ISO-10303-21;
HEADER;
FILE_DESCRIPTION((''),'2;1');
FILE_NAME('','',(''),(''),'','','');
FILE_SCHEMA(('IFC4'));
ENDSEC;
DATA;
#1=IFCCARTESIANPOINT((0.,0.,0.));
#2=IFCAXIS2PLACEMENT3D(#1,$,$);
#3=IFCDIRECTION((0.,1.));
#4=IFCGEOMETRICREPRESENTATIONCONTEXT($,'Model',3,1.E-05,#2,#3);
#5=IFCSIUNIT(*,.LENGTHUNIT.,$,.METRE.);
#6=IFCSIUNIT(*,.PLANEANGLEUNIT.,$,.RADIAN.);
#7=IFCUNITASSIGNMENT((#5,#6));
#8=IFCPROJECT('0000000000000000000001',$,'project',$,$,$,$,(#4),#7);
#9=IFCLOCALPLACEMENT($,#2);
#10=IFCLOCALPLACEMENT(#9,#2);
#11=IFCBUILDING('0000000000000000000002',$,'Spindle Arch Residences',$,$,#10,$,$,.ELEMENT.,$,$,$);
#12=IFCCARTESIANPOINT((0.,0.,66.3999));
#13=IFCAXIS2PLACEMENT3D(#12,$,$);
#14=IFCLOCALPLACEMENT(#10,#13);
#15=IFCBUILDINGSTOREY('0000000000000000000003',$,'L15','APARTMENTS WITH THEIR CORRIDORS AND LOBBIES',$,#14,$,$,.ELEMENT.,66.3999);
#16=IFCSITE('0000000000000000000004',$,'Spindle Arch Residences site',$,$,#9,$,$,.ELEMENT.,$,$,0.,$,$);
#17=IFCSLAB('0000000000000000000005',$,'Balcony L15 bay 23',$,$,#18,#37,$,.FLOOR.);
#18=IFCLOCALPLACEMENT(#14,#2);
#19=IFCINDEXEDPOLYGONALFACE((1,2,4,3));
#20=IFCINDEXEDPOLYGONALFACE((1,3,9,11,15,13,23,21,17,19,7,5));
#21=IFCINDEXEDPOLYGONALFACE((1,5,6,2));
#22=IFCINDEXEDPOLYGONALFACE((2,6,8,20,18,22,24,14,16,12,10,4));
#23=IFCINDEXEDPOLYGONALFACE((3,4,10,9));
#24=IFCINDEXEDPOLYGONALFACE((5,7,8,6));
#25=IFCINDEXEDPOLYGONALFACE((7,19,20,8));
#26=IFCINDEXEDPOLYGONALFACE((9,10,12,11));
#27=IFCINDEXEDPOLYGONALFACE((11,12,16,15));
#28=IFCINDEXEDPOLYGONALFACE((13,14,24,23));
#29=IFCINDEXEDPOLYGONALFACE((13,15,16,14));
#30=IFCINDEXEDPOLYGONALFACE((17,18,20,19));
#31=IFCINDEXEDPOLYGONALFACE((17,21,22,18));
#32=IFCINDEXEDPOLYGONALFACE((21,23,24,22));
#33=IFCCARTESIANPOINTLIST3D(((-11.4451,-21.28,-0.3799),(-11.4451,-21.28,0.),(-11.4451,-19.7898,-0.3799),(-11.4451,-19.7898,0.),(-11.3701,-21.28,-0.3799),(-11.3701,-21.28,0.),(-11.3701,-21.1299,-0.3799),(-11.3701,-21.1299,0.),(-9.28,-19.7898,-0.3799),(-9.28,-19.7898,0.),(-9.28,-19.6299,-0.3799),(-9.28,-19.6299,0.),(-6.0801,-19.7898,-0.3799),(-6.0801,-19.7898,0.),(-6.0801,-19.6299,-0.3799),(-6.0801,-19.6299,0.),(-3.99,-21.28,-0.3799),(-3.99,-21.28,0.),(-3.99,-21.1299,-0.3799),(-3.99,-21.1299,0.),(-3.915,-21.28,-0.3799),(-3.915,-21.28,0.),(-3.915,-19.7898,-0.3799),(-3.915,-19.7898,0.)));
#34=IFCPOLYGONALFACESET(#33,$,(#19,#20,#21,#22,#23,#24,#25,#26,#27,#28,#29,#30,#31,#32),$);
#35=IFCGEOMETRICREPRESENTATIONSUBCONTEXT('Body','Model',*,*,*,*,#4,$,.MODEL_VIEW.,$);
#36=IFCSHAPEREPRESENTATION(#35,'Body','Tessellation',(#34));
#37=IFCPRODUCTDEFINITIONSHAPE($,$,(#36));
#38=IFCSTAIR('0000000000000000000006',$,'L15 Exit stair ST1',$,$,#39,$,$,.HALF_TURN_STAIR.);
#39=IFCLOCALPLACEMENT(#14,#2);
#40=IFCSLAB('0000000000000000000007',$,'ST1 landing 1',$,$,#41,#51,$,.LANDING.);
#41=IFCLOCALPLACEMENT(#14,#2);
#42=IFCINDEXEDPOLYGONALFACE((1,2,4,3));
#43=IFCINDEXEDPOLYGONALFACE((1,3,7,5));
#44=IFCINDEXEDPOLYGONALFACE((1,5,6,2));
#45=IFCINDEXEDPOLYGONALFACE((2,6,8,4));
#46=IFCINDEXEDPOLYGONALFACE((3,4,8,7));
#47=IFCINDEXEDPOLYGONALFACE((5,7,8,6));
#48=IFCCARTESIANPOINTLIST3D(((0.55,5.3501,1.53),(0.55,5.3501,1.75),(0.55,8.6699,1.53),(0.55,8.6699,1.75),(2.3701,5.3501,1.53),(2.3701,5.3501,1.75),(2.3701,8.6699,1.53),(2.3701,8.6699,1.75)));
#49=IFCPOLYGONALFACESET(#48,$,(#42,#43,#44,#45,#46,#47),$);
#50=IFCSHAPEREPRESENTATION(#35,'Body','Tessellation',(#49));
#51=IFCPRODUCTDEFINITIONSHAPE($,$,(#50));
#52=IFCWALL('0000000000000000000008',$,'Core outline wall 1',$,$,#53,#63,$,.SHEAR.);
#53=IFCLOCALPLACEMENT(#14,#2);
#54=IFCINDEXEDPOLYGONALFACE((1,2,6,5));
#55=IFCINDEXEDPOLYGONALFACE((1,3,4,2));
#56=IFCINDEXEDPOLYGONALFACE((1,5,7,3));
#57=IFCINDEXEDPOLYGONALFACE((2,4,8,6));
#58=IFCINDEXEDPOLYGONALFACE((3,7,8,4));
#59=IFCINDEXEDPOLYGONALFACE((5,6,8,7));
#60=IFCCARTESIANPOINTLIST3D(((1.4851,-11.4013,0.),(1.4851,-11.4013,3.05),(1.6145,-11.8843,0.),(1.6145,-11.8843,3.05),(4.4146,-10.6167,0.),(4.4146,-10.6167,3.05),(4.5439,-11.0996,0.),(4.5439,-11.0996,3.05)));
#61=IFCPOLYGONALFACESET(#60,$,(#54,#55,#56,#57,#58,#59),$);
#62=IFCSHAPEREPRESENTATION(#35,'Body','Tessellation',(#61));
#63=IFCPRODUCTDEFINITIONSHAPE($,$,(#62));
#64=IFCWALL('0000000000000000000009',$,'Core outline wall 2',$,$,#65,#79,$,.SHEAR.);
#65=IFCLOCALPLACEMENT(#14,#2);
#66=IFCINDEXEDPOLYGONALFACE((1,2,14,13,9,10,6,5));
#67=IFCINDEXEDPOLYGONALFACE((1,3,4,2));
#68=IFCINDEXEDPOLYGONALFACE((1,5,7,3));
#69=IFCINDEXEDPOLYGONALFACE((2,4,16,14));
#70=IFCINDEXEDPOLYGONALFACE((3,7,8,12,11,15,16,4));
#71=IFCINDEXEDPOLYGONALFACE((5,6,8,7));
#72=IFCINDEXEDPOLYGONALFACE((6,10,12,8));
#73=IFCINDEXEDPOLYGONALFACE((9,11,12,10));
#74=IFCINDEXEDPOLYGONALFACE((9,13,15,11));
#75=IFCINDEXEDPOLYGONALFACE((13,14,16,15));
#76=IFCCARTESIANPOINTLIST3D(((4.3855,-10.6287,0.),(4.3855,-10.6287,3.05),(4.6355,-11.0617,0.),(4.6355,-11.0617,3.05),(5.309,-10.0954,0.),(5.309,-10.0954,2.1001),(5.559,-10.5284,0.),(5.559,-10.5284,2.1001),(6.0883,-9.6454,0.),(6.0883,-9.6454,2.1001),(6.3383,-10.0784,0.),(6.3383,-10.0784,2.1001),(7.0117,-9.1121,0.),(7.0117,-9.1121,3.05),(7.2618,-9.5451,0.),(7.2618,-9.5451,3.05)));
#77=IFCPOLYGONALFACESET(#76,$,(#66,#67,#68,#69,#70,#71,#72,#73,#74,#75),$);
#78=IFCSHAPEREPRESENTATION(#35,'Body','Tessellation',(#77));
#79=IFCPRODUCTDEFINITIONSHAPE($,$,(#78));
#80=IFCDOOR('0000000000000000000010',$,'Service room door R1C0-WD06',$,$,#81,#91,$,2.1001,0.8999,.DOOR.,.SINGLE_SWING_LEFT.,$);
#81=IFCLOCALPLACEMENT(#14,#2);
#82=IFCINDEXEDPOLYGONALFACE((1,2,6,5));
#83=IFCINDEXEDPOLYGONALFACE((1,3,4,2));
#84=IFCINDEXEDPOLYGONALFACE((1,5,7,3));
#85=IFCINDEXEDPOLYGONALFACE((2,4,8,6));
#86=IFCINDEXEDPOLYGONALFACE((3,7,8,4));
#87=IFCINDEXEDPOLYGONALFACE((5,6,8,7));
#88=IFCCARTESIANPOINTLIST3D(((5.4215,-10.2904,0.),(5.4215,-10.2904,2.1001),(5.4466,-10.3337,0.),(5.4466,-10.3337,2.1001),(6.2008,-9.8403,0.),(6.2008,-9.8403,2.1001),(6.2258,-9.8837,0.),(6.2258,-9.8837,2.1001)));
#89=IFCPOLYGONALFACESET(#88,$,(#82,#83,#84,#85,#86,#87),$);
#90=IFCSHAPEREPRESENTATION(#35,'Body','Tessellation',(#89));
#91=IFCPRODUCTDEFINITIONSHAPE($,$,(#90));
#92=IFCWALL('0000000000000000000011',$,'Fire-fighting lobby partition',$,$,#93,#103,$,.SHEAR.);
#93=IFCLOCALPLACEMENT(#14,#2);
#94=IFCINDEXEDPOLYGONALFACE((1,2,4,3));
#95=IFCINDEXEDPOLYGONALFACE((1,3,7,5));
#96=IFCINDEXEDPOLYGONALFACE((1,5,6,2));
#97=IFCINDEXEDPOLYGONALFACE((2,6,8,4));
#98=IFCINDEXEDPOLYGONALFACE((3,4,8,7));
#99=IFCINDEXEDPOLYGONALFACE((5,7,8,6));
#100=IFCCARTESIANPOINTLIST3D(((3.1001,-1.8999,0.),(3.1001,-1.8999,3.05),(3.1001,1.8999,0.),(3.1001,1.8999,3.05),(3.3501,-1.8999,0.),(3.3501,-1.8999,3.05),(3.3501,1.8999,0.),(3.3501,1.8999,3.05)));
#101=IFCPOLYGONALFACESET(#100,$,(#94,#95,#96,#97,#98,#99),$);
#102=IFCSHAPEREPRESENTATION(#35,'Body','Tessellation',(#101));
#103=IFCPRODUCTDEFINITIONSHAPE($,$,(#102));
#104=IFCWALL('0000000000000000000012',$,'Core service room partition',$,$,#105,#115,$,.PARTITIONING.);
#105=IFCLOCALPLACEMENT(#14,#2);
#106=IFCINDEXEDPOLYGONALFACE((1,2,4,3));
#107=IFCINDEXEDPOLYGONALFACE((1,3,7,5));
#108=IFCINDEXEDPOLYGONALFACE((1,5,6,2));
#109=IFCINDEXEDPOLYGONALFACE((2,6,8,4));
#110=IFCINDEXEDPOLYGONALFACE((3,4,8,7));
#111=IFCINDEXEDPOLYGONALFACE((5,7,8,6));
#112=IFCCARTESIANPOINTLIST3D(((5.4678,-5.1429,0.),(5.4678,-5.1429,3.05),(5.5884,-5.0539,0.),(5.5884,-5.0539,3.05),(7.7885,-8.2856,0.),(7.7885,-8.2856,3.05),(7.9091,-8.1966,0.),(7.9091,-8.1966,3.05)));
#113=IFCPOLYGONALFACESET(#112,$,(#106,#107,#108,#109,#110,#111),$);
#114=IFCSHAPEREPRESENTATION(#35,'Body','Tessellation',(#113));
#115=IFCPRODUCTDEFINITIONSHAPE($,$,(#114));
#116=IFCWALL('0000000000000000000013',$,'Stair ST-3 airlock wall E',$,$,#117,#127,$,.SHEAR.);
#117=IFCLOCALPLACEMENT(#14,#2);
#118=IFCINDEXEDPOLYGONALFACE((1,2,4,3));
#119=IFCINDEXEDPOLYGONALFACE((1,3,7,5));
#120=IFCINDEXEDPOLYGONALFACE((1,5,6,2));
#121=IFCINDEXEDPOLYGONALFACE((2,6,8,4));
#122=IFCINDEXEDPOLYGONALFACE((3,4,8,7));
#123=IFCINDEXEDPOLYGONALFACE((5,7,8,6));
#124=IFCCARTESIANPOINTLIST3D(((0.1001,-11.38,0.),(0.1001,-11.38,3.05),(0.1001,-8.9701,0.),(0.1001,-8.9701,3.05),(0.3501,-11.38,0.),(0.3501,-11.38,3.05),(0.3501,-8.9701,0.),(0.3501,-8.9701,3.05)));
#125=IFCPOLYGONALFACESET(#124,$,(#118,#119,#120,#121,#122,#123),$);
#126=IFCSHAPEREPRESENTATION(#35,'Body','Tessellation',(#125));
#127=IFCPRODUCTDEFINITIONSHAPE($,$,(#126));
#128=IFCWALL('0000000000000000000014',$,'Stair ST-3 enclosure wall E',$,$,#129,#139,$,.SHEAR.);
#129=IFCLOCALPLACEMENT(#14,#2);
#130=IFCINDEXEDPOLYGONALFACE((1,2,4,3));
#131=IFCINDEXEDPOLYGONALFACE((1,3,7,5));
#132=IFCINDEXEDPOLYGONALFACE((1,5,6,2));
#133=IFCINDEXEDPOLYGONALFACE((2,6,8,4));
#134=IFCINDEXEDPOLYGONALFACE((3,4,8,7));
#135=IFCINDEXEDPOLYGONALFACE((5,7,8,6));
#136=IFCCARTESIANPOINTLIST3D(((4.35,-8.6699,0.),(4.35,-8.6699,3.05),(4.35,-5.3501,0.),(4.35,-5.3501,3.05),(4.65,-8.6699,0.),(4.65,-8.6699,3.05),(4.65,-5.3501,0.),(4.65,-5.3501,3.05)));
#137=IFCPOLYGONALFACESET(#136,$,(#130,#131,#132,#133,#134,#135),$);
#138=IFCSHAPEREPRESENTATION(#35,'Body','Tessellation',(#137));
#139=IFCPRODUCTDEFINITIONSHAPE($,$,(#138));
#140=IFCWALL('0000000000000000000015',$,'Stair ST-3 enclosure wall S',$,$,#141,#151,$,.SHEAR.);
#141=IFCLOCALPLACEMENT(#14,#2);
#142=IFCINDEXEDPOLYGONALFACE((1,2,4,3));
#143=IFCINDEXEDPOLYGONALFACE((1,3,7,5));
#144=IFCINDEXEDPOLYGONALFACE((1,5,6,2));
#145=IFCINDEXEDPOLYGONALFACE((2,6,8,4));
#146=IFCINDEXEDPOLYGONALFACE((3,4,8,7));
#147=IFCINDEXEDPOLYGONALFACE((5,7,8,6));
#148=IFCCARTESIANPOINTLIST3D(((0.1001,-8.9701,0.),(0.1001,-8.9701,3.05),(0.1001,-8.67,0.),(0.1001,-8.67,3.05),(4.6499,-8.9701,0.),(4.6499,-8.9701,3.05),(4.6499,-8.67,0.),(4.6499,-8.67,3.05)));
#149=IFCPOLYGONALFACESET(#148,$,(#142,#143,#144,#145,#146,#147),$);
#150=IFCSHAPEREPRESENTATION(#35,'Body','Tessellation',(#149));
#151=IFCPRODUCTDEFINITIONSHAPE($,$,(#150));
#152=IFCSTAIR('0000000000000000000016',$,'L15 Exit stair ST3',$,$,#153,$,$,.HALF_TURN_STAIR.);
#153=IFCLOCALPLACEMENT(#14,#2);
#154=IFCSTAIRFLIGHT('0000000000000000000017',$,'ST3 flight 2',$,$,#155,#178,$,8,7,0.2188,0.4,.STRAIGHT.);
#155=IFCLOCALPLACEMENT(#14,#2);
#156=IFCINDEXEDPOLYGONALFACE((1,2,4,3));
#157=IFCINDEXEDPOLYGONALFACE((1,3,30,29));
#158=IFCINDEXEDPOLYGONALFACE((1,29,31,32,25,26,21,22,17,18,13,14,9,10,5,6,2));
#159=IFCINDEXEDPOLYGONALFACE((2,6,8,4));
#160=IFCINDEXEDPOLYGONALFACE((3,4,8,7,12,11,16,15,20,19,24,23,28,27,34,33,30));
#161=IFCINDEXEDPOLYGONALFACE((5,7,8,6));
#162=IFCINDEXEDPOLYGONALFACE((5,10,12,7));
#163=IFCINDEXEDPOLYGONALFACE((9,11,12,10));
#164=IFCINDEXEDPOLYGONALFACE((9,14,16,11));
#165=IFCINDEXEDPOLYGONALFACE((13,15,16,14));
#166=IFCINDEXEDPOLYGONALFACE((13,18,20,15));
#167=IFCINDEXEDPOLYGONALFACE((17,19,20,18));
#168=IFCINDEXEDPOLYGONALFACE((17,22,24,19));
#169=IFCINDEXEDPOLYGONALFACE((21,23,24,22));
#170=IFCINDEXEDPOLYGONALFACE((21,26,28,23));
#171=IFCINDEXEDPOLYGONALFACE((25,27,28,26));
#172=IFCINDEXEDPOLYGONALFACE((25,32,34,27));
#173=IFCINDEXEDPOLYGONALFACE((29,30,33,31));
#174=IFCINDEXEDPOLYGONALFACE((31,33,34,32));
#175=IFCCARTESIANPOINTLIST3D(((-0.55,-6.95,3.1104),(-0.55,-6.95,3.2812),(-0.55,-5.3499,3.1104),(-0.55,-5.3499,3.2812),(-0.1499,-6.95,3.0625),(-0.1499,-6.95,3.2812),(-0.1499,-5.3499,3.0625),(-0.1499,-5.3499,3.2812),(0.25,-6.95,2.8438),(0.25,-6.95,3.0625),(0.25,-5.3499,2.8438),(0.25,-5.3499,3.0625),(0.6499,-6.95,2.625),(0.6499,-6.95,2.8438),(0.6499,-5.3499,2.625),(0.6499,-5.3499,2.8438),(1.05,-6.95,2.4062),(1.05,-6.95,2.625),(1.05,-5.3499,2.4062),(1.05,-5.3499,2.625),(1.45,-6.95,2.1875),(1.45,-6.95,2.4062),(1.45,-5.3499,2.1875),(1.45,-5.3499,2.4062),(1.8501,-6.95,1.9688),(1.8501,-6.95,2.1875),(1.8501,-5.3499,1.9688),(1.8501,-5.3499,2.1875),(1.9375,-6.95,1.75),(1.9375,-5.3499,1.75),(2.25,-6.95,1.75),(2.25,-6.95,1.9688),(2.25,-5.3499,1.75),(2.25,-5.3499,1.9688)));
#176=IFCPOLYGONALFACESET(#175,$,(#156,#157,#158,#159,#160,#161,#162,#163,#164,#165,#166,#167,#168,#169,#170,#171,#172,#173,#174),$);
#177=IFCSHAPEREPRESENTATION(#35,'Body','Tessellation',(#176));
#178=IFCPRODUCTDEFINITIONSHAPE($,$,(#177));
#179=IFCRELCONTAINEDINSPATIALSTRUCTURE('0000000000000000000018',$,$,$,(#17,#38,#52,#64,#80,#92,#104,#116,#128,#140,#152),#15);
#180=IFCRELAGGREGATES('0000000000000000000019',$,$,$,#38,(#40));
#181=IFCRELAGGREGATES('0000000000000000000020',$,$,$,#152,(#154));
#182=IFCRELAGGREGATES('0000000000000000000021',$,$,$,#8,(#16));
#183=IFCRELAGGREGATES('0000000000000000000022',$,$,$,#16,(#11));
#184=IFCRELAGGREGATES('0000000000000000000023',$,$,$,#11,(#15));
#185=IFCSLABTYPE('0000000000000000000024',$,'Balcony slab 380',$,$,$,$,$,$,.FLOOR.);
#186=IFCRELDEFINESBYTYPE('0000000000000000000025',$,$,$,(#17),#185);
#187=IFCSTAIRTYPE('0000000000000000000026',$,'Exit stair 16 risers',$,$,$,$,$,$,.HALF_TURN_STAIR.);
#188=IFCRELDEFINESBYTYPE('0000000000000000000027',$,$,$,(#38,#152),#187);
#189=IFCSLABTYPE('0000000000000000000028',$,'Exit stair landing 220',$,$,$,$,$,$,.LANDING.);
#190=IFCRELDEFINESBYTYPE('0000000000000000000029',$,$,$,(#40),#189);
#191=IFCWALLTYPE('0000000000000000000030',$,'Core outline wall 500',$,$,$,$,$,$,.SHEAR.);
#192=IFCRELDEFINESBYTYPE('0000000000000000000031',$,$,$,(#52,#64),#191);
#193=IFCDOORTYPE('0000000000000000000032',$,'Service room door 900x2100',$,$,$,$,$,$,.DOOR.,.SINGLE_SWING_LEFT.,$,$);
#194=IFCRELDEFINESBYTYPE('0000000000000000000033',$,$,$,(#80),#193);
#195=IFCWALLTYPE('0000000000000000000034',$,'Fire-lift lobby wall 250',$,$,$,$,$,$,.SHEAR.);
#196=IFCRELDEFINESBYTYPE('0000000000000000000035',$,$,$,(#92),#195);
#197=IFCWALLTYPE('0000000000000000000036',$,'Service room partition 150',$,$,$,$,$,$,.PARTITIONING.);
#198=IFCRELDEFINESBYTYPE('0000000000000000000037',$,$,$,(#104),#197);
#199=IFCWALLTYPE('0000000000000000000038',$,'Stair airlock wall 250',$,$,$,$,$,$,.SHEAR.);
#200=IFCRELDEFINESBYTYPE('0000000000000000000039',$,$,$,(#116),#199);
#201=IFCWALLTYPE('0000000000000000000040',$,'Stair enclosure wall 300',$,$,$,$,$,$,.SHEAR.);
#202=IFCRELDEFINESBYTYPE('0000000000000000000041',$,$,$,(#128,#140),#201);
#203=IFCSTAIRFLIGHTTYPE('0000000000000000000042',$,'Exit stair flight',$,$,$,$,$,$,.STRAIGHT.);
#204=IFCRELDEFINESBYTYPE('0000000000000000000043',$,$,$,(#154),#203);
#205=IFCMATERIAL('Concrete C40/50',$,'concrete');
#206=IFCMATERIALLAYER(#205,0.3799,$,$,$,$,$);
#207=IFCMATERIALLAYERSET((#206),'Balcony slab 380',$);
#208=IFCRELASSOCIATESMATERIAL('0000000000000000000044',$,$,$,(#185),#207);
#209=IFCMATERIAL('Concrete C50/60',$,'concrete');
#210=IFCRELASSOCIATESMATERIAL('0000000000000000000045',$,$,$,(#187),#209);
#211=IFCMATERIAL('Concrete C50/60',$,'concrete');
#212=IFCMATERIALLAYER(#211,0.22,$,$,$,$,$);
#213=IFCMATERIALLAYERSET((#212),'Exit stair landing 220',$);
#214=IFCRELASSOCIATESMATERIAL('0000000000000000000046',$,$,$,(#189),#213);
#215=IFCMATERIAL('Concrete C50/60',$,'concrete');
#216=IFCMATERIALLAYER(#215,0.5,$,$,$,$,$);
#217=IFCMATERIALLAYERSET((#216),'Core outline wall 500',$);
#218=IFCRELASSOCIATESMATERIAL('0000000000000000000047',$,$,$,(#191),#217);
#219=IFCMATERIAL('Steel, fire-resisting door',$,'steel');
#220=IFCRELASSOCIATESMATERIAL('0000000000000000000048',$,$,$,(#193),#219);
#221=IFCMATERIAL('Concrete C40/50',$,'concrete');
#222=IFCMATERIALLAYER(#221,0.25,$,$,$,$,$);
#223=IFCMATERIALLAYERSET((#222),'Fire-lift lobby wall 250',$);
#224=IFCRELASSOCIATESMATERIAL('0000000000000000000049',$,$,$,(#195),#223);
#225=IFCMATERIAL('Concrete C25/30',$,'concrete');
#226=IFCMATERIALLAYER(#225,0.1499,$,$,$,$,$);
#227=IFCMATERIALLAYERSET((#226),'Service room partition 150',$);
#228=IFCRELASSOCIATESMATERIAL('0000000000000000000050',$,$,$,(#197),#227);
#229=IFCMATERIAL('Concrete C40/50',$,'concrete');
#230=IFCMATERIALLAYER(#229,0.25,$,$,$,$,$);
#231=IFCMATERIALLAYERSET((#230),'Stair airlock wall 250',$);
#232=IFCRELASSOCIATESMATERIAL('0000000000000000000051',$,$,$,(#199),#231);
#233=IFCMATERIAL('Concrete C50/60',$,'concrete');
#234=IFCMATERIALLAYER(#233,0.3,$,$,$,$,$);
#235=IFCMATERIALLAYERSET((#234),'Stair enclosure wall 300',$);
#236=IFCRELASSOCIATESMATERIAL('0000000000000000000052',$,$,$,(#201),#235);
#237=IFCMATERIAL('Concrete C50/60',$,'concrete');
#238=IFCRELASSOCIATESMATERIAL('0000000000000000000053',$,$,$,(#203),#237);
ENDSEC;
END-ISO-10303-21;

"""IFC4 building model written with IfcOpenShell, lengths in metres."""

from ifc_helpers import new_model, si_unit, direction, frame, frame_2d, origin, place, context, subcontext, project, spatial, polyline, rectangle, outline, extrude, material, layer, layer_set, type_object, element, fill, aggregate, save


model = new_model("IFC4")

# Units and contexts
model_context = context("Model", 3, precision=1e-05, world=origin(), true_north=direction((0.0, 1.0)))
body_context = subcontext(model_context, "Body", "Model", "MODEL_VIEW")
ifc_project = project(units=[si_unit("LENGTHUNIT", "METRE"), si_unit("PLANEANGLEUNIT", "RADIAN")], contexts=[model_context])

# Site, building, storey
site_placement = place(None, origin())
site = spatial("IfcSite", under=ifc_project, at=site_placement, Name="Spindle Arch Residences site", CompositionType="ELEMENT", RefElevation=0.0)
building_placement = place(site_placement, origin())
building = spatial("IfcBuilding", under=site, at=building_placement, Name="Spindle Arch Residences", CompositionType="ELEMENT")
storey_placement = place(building_placement, frame((0.0, 0.0, 66.3999)))
storey = spatial("IfcBuildingStorey", under=building, at=storey_placement, Name="L15", Description="APARTMENTS WITH THEIR CORRIDORS AND LOBBIES", CompositionType="ELEMENT", Elevation=66.3999)

# Slab
ifc_material_1 = material(Name="Concrete C40/50", Category="concrete")
ifc_layer_1 = layer(ifc_material_1, 0.3799)
ifc_layer_set_1 = layer_set([ifc_layer_1], Name="Balcony slab 380")
slab_type_1 = type_object("IfcSlabType", Name="Balcony slab 380", PredefinedType="FLOOR", material=ifc_layer_set_1)
slab_1_placement = place(storey_placement, frame((0.0, 0.0, -0.3799)))
element("IfcSlab", 1, at=slab_1_placement, inside=storey, type_object=slab_type_1, Name="Balcony L15 bay 23", PredefinedType="FLOOR", context=body_context, shape_type="SweptSolid", body=[
    extrude(outline(polyline([(-11.4451, -21.28), (-11.3701, -21.28), (-11.3701, -21.1299), (-3.99, -21.1299), (-3.99, -21.28), (-3.915, -21.28), (-3.915, -19.7898), (-6.0801, -19.7898), (-6.0801, -19.6299), (-9.28, -19.6299), (-9.28, -19.7898), (-11.4451, -19.7898), (-11.4451, -21.28)])), origin(), (0.0, 0.0, 1.0), 0.3799),
])

# Stair, slab
ifc_material_2 = material(Name="Concrete C50/60", Category="concrete")
stair_type = type_object("IfcStairType", Name="Exit stair 16 risers", PredefinedType="HALF_TURN_STAIR", material=ifc_material_2)
stair_1_placement = place(storey_placement, origin())
stair_1 = element("IfcStair", 2, at=stair_1_placement, inside=storey, type_object=stair_type, Name="L15 Exit stair ST1", PredefinedType="HALF_TURN_STAIR")
ifc_material_3 = material(Name="Concrete C50/60", Category="concrete")
ifc_layer_2 = layer(ifc_material_3, 0.22)
ifc_layer_set_2 = layer_set([ifc_layer_2], Name="Exit stair landing 220")
slab_type_2 = type_object("IfcSlabType", Name="Exit stair landing 220", PredefinedType="LANDING", material=ifc_layer_set_2)
slab_2_placement = place(storey_placement, frame((0.0, 0.0, 1.53)))
slab_2 = element("IfcSlab", 3, at=slab_2_placement, type_object=slab_type_2, Name="ST1 landing 1", PredefinedType="LANDING", context=body_context, shape_type="SweptSolid", body=[
    extrude(outline(polyline([(2.3701, 8.6699), (0.55, 8.6699), (0.55, 5.3501), (2.3701, 5.3501), (2.3701, 8.6699)])), origin(), (0.0, 0.0, 1.0), 0.22),
])
aggregate(stair_1, [slab_2])

# Wall
ifc_material_4 = material(Name="Concrete C50/60", Category="concrete")
ifc_layer_3 = layer(ifc_material_4, 0.5)
ifc_layer_set_3 = layer_set([ifc_layer_3], Name="Core outline wall 500")
wall_type_1 = type_object("IfcWallType", Name="Core outline wall 500", PredefinedType="SHEAR", material=ifc_layer_set_3)
wall_1_placement = place(storey_placement, frame((1.5498, -11.6428, 0.0), z_axis=(0.0, 0.0, 1.0), x_axis=(0.965948, 0.258735, 0.0)))
element("IfcWall", 4, at=wall_1_placement, inside=storey, type_object=wall_type_1, Name="Core outline wall 1", PredefinedType="SHEAR", context=body_context, shape_type="SweptSolid", body=[
    extrude(rectangle(XDim=3.0327, YDim=0.5, at=frame_2d((1.5164, 0.0))), origin(), (0.0, 0.0, 1.0), 3.05),
])

# Wall, opening, door
wall_2_placement = place(storey_placement, frame((4.5105, -10.8452, 0.0), z_axis=(0.0, 0.0, 1.0), x_axis=(0.865975, 0.500087, 0.0)))
wall_2 = element("IfcWall", 5, at=wall_2_placement, inside=storey, type_object=wall_type_1, Name="Core outline wall 2", PredefinedType="SHEAR", context=body_context, shape_type="SweptSolid", body=[
    extrude(rectangle(XDim=3.0327, YDim=0.5, at=frame_2d((1.5164, 0.0))), origin(), (0.0, 0.0, 1.0), 3.05),
])
opening_1_placement = place(wall_2_placement, frame((1.0664, 0.0, 0.0)))
opening_1 = element("IfcOpeningElement", 6, at=opening_1_placement, cuts=wall_2, PredefinedType="OPENING", context=body_context, shape_type="SweptSolid", body=[
    extrude(rectangle(XDim=0.8999, YDim=2.1001, at=frame_2d((0.45, 1.05))), frame((0.0, 0.26, 0.0), z_axis=(0.0, -1.0, 0.0), x_axis=(1.0, 0.0, 0.0)), (0.0, 0.0, 1.0), 0.52),
])
ifc_material_5 = material(Name="Steel, fire-resisting door", Category="steel")
door_type_1 = type_object("IfcDoorType", Name="Service room door 900x2100", OperationType="SINGLE_SWING_LEFT", PredefinedType="DOOR", material=ifc_material_5)
door_1_placement = place(opening_1_placement, origin())
door_1 = element("IfcDoor", 7, at=door_1_placement, inside=storey, type_object=door_type_1, Name="Service room door R1C0-WD06", OperationType="SINGLE_SWING_LEFT", OverallHeight=2.1001, OverallWidth=0.8999, PredefinedType="DOOR", context=body_context, shape_type="SweptSolid", body=[
    extrude(rectangle(XDim=0.8999, YDim=2.1001, at=frame_2d((0.45, 1.05))), frame((0.0, 0.0249, 0.0), z_axis=(0.0, -1.0, 0.0), x_axis=(1.0, 0.0, 0.0)), (0.0, 0.0, 1.0), 0.05),
])
fill(opening_1, door_1)

# Wall
ifc_material_6 = material(Name="Concrete C40/50", Category="concrete")
ifc_layer_4 = layer(ifc_material_6, 0.25)
ifc_layer_set_4 = layer_set([ifc_layer_4], Name="Fire-lift lobby wall 250")
wall_type_2 = type_object("IfcWallType", Name="Fire-lift lobby wall 250", PredefinedType="SHEAR", material=ifc_layer_set_4)
wall_3_placement = place(storey_placement, frame((3.2251, -1.8999, 0.0), z_axis=(0.0, 0.0, 1.0), x_axis=(0.0, 1.0, 0.0)))
element("IfcWall", 8, at=wall_3_placement, inside=storey, type_object=wall_type_2, Name="Fire-fighting lobby partition", PredefinedType="SHEAR", context=body_context, shape_type="SweptSolid", body=[
    extrude(rectangle(XDim=3.7998, YDim=0.25, at=frame_2d((1.8999, 0.0))), origin(), (0.0, 0.0, 1.0), 3.05),
])

# Walls
ifc_material_7 = material(Name="Concrete C25/30", Category="concrete")
ifc_layer_5 = layer(ifc_material_7, 0.1499)
ifc_layer_set_5 = layer_set([ifc_layer_5], Name="Service room partition 150")
wall_type_3 = type_object("IfcWallType", Name="Service room partition 150", PredefinedType="PARTITIONING", material=ifc_layer_set_5)
wall_4_placement = place(storey_placement, frame((5.5281, -5.0984, 0.0), z_axis=(0.0, 0.0, 1.0), x_axis=(0.594034, -0.80444, 0.0)))
element("IfcWall", 9, at=wall_4_placement, inside=storey, type_object=wall_type_3, Name="Core service room partition", PredefinedType="PARTITIONING", context=body_context, shape_type="SweptSolid", body=[
    extrude(rectangle(XDim=3.9067, YDim=0.1499, at=frame_2d((1.9534, 0.0))), origin(), (0.0, 0.0, 1.0), 3.05),
])
ifc_material_8 = material(Name="Concrete C40/50", Category="concrete")
ifc_layer_6 = layer(ifc_material_8, 0.25)
ifc_layer_set_6 = layer_set([ifc_layer_6], Name="Stair airlock wall 250")
wall_type_4 = type_object("IfcWallType", Name="Stair airlock wall 250", PredefinedType="SHEAR", material=ifc_layer_set_6)
wall_5_placement = place(storey_placement, frame((0.2251, -8.97, 0.0), z_axis=(0.0, 0.0, 1.0), x_axis=(0.0, -1.0, 0.0)))
element("IfcWall", 10, at=wall_5_placement, inside=storey, type_object=wall_type_4, Name="Stair ST-3 airlock wall E", PredefinedType="SHEAR", context=body_context, shape_type="SweptSolid", body=[
    extrude(rectangle(XDim=2.4099, YDim=0.25, at=frame_2d((1.2051, 0.0))), origin(), (0.0, 0.0, 1.0), 3.05),
])
ifc_material_9 = material(Name="Concrete C50/60", Category="concrete")
ifc_layer_7 = layer(ifc_material_9, 0.3)
ifc_layer_set_7 = layer_set([ifc_layer_7], Name="Stair enclosure wall 300")
wall_type_5 = type_object("IfcWallType", Name="Stair enclosure wall 300", PredefinedType="SHEAR", material=ifc_layer_set_7)
wall_6_placement = place(storey_placement, frame((4.5, -8.6699, 0.0), z_axis=(0.0, 0.0, 1.0), x_axis=(0.0, 1.0, 0.0)))
element("IfcWall", 11, at=wall_6_placement, inside=storey, type_object=wall_type_5, Name="Stair ST-3 enclosure wall E", PredefinedType="SHEAR", context=body_context, shape_type="SweptSolid", body=[
    extrude(rectangle(XDim=3.3198, YDim=0.3, at=frame_2d((1.6599, 0.0))), origin(), (0.0, 0.0, 1.0), 3.05),
])
wall_7_placement = place(storey_placement, frame((0.1001, -8.8201, 0.0), z_axis=(0.0, 0.0, 1.0), x_axis=(1.0, 0.0, 0.0)))
element("IfcWall", 12, at=wall_7_placement, inside=storey, type_object=wall_type_5, Name="Stair ST-3 enclosure wall S", PredefinedType="SHEAR", context=body_context, shape_type="SweptSolid", body=[
    extrude(rectangle(XDim=4.5498, YDim=0.3, at=frame_2d((2.2749, 0.0))), origin(), (0.0, 0.0, 1.0), 3.05),
])

# Stair, stair flight
stair_2_placement = place(storey_placement, origin())
stair_2 = element("IfcStair", 13, at=stair_2_placement, inside=storey, type_object=stair_type, Name="L15 Exit stair ST3", PredefinedType="HALF_TURN_STAIR")
ifc_material_10 = material(Name="Concrete C50/60", Category="concrete")
stair_flight_type = type_object("IfcStairFlightType", Name="Exit stair flight", PredefinedType="STRAIGHT", material=ifc_material_10)
stair_flight_placement = place(storey_placement, frame((2.25, -6.1499, 1.75), z_axis=(0.0, 0.0, 1.0), x_axis=(-1.0, 0.0, 0.0)))
stair_flight = element("IfcStairFlight", 14, at=stair_flight_placement, type_object=stair_flight_type, Name="ST3 flight 2", NumberOfRisers=8, NumberOfTreads=7, PredefinedType="STRAIGHT", RiserHeight=0.2188, TreadLength=0.4, context=body_context, shape_type="SweptSolid", body=[
    extrude(outline(polyline([(0.0, 0.0), (0.0, 0.2188), (0.3999, 0.2188), (0.3999, 0.4375), (0.8, 0.4375), (0.8, 0.6562), (1.2, 0.6562), (1.2, 0.875), (1.6001, 0.875), (1.6001, 1.0938), (2.0, 1.0938), (2.0, 1.3125), (2.3999, 1.3125), (2.3999, 1.5312), (2.8, 1.5312), (2.8, 1.75), (2.8, 1.3604), (0.3125, 0.0), (0.0, 0.0)])), frame((0.0, 0.8, 0.0), z_axis=(0.0, -1.0, 0.0), x_axis=(1.0, 0.0, 0.0)), (0.0, 0.0, 1.0), 1.6001),
])
aggregate(stair_2, [stair_flight])

save(model, "model.ifc")
